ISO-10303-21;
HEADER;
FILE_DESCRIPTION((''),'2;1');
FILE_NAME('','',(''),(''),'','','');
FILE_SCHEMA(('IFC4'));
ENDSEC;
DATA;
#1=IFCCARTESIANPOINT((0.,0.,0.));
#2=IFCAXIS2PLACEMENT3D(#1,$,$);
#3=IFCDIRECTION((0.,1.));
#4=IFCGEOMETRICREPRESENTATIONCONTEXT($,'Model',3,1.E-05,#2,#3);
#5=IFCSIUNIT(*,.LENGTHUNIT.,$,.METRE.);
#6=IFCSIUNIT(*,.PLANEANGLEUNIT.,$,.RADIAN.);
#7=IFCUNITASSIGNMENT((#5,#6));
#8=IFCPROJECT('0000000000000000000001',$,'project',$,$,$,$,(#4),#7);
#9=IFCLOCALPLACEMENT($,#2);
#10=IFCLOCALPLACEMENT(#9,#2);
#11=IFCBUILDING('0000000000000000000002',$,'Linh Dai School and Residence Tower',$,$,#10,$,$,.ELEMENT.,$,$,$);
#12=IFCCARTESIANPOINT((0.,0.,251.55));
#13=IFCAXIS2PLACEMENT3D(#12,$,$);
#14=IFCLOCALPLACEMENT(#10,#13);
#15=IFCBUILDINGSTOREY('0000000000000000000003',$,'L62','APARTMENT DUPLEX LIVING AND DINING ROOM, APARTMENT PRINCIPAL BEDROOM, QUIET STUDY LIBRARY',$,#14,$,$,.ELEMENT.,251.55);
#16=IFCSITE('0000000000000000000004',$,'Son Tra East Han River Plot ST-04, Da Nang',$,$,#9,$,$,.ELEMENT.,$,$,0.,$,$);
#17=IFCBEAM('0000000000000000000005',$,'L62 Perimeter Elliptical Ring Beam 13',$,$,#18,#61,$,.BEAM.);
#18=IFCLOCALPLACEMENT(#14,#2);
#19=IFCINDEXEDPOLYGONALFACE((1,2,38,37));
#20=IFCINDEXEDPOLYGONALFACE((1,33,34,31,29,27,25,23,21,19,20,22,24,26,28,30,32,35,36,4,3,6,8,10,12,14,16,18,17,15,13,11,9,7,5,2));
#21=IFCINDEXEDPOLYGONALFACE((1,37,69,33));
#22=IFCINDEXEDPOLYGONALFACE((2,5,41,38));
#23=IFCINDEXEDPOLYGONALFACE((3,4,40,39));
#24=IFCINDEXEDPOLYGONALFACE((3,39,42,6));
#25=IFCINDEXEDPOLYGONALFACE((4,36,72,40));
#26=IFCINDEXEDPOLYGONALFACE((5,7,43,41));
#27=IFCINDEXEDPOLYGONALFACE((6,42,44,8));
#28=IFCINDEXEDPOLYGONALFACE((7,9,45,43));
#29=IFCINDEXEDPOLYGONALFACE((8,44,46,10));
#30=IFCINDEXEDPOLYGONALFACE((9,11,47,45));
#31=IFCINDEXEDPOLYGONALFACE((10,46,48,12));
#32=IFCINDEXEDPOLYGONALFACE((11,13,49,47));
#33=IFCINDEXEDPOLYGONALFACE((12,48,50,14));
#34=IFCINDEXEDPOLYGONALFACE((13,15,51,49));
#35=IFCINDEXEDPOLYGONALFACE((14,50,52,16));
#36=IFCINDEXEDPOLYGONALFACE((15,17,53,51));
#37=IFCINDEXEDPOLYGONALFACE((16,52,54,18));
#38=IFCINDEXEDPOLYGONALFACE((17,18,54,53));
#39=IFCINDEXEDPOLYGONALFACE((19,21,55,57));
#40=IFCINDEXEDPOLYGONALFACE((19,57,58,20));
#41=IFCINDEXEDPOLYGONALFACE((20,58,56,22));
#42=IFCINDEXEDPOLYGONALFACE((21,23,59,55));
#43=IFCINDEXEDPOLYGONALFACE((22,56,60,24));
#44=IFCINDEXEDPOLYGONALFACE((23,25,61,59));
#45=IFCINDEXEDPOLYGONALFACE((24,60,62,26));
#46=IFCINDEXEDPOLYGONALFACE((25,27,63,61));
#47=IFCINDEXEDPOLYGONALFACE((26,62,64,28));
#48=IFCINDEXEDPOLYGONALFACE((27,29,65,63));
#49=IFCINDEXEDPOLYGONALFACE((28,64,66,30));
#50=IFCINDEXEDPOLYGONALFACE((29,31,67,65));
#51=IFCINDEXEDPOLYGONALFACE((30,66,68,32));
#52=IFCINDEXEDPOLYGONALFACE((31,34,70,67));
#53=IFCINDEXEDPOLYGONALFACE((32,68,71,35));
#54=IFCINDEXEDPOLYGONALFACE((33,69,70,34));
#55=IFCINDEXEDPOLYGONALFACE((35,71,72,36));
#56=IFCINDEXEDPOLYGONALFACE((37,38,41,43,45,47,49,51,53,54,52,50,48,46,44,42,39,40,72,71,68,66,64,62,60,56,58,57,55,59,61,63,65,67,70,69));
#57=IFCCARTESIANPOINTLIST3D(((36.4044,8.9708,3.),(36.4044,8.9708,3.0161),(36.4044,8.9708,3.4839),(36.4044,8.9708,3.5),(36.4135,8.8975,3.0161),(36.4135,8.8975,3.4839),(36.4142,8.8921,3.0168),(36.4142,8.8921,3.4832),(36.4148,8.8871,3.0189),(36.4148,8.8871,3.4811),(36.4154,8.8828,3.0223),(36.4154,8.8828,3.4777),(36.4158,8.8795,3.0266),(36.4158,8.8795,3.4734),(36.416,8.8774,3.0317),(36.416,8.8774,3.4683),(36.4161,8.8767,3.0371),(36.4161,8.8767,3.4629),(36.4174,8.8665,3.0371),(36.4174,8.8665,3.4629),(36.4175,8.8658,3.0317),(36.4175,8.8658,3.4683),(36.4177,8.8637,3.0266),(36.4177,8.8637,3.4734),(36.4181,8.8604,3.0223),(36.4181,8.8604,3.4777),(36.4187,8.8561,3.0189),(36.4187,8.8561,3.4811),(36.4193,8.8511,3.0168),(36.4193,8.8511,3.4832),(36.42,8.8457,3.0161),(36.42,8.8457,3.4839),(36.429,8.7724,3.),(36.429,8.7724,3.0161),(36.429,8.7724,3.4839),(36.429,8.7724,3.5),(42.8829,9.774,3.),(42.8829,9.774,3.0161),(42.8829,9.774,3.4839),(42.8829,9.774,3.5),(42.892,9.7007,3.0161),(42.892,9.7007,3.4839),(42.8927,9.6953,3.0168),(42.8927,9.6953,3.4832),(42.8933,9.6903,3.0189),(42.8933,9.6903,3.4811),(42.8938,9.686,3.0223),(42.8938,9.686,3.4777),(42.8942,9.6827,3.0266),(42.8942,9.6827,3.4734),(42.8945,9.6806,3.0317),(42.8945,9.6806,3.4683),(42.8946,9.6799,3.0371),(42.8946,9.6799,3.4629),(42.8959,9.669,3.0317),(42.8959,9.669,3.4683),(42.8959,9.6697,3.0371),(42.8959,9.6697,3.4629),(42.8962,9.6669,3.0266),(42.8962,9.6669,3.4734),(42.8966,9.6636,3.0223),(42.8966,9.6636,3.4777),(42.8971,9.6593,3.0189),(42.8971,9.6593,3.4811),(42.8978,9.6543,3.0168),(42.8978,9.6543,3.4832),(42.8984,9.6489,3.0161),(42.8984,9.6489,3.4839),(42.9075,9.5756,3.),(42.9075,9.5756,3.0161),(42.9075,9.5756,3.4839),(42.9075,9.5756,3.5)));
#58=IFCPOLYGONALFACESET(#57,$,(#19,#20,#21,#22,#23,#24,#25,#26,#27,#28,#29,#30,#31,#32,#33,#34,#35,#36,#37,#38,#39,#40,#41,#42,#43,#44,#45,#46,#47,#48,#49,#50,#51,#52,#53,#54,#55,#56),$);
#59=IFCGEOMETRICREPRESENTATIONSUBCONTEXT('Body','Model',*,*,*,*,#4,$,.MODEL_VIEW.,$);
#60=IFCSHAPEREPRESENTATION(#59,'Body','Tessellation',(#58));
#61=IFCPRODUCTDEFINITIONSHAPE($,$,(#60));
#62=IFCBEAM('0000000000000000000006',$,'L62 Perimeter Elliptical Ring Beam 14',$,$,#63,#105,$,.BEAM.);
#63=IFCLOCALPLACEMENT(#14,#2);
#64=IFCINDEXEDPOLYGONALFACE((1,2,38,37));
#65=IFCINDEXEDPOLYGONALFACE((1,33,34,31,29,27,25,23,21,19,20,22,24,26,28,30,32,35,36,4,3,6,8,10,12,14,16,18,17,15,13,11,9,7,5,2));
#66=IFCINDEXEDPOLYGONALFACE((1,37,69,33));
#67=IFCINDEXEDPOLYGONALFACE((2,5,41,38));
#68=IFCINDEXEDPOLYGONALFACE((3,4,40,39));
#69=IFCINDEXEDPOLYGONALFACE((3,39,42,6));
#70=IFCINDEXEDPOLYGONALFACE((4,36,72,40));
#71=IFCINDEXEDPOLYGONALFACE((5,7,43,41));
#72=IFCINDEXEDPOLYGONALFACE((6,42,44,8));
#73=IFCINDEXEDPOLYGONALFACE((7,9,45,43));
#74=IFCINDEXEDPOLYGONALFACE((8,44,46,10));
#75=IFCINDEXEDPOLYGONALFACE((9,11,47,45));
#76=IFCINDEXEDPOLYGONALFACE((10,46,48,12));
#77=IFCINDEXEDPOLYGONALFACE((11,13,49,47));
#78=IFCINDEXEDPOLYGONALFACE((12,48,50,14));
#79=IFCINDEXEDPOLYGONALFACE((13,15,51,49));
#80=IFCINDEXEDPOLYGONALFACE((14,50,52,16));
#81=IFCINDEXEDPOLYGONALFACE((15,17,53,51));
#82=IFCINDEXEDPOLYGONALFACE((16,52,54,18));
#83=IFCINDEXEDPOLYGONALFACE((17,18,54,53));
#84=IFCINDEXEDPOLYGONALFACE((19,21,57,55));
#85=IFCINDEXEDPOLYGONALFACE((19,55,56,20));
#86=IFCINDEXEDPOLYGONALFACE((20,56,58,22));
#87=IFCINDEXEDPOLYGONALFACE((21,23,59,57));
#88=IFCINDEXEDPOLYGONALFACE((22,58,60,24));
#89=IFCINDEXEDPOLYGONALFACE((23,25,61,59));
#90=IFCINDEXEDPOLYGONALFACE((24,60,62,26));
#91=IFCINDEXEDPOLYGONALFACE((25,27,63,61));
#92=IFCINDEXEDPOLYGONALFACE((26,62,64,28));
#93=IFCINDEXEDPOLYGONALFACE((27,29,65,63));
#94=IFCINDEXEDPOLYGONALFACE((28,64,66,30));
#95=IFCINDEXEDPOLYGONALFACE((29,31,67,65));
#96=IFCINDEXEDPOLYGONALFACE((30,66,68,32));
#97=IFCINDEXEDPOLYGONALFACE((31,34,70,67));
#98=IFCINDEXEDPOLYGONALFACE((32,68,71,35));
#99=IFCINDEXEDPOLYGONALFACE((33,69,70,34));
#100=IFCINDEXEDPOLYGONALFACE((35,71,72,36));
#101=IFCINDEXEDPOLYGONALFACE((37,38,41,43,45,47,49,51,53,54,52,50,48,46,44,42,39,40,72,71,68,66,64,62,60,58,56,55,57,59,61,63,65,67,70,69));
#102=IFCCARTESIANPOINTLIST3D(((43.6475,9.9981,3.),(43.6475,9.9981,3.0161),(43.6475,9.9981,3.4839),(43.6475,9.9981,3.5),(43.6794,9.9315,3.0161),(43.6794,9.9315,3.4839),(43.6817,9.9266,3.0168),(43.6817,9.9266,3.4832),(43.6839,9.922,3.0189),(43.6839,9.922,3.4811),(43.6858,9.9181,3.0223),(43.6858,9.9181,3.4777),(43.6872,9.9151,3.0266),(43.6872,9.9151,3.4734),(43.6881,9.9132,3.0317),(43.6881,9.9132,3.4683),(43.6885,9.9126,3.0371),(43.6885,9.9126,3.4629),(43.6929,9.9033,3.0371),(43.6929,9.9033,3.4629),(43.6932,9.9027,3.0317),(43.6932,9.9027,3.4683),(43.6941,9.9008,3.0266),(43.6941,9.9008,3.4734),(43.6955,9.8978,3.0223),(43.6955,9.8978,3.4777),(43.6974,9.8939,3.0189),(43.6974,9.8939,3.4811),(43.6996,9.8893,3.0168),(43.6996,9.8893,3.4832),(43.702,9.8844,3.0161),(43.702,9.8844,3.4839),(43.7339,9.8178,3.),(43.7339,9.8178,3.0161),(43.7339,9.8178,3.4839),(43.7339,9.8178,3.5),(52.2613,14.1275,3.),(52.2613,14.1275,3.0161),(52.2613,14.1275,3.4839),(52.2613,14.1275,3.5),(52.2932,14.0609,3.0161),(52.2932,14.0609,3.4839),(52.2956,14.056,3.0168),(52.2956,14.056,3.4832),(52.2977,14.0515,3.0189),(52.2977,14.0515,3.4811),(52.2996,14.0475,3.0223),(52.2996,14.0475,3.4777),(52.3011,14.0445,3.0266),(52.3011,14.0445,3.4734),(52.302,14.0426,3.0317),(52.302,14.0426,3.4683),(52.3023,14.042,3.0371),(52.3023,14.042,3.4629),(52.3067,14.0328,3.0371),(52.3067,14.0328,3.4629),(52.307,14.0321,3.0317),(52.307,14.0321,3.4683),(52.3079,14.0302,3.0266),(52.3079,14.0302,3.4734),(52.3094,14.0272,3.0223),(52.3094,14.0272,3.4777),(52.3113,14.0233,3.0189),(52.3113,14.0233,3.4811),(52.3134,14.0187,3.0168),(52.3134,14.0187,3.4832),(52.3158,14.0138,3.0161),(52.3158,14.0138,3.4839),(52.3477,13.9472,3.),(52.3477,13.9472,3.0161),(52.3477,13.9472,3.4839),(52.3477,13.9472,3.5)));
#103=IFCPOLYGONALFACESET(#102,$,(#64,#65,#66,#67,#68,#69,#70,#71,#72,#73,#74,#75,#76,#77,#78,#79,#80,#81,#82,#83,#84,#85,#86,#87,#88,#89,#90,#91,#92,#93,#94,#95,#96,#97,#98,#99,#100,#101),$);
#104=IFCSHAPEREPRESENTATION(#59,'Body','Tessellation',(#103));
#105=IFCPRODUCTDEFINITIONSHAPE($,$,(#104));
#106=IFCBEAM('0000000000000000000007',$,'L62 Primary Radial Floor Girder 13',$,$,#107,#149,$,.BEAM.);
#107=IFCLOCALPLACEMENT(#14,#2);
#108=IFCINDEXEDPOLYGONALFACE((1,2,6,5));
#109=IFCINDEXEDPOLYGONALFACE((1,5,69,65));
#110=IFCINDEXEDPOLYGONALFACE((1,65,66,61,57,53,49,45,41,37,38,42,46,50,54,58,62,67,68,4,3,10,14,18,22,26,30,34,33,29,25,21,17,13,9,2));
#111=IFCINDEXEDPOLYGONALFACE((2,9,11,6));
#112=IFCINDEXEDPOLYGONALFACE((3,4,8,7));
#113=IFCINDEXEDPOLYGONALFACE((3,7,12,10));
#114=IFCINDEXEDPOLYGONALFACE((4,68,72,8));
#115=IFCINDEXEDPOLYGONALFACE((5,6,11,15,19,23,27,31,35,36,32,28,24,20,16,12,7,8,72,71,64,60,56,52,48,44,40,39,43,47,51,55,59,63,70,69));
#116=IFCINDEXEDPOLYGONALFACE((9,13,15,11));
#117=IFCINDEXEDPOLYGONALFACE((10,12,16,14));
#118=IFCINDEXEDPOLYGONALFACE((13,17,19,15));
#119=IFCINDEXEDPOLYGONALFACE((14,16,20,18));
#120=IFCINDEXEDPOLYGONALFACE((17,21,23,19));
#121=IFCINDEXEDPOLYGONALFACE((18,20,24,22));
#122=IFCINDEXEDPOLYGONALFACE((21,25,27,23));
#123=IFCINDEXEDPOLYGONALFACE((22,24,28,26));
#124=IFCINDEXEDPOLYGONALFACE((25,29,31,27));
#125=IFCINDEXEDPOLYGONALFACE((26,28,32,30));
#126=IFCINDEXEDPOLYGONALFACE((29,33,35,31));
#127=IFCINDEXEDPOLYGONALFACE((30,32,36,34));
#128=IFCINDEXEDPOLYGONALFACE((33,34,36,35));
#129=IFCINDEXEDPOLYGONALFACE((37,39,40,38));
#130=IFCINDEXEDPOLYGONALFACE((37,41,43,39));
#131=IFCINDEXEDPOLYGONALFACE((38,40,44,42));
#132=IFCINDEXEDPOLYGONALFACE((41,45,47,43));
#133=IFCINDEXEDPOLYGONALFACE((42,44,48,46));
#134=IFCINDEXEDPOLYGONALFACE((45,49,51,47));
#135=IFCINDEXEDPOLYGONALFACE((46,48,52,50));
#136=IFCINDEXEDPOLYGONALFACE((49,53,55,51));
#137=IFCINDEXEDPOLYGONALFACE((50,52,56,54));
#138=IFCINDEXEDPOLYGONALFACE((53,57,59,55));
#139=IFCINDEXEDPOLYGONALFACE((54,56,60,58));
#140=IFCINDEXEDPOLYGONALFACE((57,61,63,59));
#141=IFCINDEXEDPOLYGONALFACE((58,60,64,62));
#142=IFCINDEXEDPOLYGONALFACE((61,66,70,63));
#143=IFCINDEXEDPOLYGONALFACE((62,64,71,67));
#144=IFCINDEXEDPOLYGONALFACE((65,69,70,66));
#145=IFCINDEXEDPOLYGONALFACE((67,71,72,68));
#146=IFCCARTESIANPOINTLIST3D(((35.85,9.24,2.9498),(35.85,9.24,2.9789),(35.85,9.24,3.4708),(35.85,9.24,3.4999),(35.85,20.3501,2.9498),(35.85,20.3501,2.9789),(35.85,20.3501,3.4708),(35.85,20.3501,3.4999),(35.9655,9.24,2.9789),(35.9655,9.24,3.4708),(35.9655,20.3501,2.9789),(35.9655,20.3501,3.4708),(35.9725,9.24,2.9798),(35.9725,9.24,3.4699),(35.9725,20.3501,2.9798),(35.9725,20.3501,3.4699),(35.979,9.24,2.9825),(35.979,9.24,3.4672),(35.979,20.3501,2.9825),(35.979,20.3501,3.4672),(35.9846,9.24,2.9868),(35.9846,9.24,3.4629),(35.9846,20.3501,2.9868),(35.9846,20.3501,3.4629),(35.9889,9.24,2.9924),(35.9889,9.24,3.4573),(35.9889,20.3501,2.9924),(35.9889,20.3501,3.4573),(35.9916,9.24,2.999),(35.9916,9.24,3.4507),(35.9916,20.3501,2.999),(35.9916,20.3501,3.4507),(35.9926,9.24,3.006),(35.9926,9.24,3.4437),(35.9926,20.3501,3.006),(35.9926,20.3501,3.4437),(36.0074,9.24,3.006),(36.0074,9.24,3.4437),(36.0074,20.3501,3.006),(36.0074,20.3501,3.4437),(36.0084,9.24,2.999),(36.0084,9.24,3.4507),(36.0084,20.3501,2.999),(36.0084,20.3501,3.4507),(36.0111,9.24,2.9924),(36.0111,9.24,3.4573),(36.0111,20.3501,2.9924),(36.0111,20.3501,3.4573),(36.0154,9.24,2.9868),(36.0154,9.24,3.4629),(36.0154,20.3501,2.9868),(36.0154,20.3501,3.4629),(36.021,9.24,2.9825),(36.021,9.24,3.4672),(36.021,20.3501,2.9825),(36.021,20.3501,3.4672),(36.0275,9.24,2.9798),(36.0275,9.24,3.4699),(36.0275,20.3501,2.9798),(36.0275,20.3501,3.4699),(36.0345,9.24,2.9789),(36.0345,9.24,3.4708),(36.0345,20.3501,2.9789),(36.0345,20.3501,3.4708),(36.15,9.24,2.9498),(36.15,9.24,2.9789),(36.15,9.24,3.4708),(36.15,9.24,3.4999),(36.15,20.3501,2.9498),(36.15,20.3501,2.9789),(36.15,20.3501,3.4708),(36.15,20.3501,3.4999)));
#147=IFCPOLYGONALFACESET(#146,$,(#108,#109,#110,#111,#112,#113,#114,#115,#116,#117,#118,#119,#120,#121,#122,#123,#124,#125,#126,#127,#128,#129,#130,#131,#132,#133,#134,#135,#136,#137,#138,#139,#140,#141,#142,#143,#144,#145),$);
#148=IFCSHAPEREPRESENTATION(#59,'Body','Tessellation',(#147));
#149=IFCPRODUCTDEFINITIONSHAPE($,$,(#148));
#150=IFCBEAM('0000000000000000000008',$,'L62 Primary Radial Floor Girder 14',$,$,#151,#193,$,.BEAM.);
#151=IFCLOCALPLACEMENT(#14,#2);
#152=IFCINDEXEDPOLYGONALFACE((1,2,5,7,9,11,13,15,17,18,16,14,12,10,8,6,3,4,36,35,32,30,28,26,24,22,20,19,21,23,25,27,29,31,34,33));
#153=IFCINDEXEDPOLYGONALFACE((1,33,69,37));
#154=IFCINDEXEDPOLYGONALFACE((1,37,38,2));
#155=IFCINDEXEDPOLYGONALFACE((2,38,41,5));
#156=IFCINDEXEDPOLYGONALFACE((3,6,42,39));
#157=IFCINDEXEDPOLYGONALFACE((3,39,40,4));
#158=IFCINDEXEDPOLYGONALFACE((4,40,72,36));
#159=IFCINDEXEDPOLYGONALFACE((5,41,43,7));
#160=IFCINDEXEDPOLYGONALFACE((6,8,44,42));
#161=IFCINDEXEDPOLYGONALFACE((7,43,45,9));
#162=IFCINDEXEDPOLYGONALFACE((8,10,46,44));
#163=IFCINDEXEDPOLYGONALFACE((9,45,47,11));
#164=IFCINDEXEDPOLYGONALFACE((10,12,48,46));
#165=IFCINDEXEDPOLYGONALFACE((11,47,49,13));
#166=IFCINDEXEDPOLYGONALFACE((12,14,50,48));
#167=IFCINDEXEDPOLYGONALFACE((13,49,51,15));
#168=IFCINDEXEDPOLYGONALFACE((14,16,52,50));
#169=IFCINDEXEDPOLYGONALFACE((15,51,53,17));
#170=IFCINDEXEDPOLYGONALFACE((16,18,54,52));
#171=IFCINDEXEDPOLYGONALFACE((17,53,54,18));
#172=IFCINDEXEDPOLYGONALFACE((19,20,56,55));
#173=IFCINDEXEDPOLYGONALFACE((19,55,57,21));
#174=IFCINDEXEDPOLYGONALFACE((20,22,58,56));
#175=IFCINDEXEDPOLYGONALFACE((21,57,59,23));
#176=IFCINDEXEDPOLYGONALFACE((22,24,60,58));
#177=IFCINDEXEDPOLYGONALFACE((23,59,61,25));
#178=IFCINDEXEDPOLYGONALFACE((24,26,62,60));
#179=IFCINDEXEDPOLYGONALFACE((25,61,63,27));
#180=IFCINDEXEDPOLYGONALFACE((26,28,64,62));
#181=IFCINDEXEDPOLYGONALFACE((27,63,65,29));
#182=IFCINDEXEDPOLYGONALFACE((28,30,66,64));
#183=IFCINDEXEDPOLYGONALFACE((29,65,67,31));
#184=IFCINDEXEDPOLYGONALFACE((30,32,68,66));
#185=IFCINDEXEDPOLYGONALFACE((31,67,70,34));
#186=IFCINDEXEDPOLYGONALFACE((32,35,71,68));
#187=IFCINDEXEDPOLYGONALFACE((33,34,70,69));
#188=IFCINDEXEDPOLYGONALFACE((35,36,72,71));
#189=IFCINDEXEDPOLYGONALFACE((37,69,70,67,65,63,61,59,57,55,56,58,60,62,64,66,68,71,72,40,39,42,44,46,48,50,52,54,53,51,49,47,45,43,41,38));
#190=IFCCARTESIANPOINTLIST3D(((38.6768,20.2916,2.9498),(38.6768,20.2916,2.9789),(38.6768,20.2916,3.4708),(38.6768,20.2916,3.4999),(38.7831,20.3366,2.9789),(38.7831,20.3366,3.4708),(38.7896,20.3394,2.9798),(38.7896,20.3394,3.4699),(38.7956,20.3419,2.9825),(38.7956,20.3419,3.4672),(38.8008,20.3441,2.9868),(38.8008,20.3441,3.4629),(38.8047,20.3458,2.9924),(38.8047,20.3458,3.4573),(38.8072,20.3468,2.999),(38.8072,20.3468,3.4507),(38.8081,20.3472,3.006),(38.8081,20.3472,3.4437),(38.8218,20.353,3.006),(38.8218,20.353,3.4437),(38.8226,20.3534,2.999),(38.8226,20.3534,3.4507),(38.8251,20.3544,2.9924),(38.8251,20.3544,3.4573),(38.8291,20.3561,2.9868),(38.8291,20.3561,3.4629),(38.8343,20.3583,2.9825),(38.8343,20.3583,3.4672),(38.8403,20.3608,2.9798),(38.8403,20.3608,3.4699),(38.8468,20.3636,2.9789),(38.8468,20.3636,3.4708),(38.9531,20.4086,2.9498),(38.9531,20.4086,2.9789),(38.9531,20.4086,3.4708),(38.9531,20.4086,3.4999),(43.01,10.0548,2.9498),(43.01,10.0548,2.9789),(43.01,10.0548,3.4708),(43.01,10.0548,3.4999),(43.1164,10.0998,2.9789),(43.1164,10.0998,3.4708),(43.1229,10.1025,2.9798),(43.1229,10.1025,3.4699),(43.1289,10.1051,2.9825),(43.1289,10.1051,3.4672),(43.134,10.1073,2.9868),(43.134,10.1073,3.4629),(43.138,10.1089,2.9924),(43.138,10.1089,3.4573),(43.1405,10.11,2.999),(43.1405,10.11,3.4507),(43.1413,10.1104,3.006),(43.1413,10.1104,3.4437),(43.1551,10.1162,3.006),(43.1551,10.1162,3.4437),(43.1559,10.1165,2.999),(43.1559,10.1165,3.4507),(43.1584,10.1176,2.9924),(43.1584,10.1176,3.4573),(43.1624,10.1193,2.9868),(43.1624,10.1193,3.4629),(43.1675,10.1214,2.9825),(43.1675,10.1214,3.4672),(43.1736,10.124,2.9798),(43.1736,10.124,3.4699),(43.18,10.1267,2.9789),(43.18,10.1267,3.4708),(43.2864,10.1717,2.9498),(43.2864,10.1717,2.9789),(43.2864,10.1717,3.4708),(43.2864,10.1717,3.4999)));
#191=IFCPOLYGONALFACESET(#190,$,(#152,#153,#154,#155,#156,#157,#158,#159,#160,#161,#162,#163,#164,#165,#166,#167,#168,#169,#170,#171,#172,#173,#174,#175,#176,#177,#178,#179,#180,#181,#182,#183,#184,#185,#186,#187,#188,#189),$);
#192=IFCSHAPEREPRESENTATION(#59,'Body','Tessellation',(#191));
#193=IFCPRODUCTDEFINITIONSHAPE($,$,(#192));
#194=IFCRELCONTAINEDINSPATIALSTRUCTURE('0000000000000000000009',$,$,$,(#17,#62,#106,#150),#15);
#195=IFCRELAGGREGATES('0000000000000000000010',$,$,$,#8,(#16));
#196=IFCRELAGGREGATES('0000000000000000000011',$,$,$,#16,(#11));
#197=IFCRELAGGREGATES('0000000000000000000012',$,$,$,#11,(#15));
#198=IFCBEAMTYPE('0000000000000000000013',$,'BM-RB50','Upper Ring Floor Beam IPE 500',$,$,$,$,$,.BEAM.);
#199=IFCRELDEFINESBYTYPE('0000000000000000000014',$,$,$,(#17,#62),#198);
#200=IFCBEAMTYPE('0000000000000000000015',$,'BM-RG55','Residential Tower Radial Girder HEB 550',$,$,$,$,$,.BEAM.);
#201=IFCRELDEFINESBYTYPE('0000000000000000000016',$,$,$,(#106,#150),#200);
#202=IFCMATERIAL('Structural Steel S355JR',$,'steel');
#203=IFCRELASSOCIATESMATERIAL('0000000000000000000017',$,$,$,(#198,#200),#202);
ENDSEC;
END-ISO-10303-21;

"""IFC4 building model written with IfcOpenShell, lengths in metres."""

from ifc_helpers import new_model, si_unit, direction, frame, origin, origin_2d, place, context, subcontext, project, spatial, i_section, extrude, material, material_profile, profile_set, type_object, element, save


model = new_model("IFC4")

# Units and contexts
model_context = context("Model", 3, precision=1e-05, world=origin(), true_north=direction((0.0, 1.0)))
body_context = subcontext(model_context, "Body", "Model", "MODEL_VIEW")
ifc_project = project(units=[si_unit("LENGTHUNIT", "METRE"), si_unit("PLANEANGLEUNIT", "RADIAN")], contexts=[model_context])

# Site, building, storey
site_placement = place(None, origin())
site = spatial("IfcSite", under=ifc_project, at=site_placement, Name="Son Tra East Han River Plot ST-04, Da Nang", CompositionType="ELEMENT", RefElevation=0.0)
building_placement = place(site_placement, origin())
building = spatial("IfcBuilding", under=site, at=building_placement, Name="Linh Dai School and Residence Tower", CompositionType="ELEMENT")
storey_placement = place(building_placement, frame((0.0, 0.0, 251.55)))
storey = spatial("IfcBuildingStorey", under=building, at=storey_placement, Name="L62", Description="APARTMENT DUPLEX LIVING AND DINING ROOM, APARTMENT PRINCIPAL BEDROOM, QUIET STUDY LIBRARY", CompositionType="ELEMENT", Elevation=251.55)

# Shared definitions
ifc_material_1 = material(Name="Structural Steel S355JR", Category="steel")

# Beams
ifc_material_profile_1 = material_profile(ifc_material_1, i_section(OverallWidth=0.2, OverallDepth=0.5, WebThickness=0.0103, FlangeThickness=0.0161, FilletRadius=0.021, at=origin_2d()), Name="IPE 500")
ifc_profile_set_1 = profile_set([ifc_material_profile_1], Name="Structural Steel S355JR")
beam_type_1 = type_object("IfcBeamType", Name="BM-RB50", Description="Upper Ring Floor Beam IPE 500", PredefinedType="BEAM", material=ifc_profile_set_1)
beam_1_placement = place(storey_placement, frame((36.4167, 8.8716, 3.25), z_axis=(0.992402, 0.12304, 0.0), x_axis=(-0.12304, 0.992402, 0.0)))
element("IfcBeam", 1, at=beam_1_placement, inside=storey, type_object=beam_type_1, Name="L62 Perimeter Elliptical Ring Beam 13", PredefinedType="BEAM", context=body_context, shape_type="SweptSolid", body=[
    extrude(i_section(OverallWidth=0.2, OverallDepth=0.5, WebThickness=0.0103, FlangeThickness=0.0161, FilletRadius=0.021, at=origin_2d()), origin(), (0.0, 0.0, 1.0), 6.5281),
])
beam_2_placement = place(storey_placement, frame((43.6907, 9.908, 3.25), z_axis=(0.901736, 0.432287, 0.0), x_axis=(-0.432287, 0.901736, 0.0)))
element("IfcBeam", 2, at=beam_2_placement, inside=storey, type_object=beam_type_1, Name="L62 Perimeter Elliptical Ring Beam 14", PredefinedType="BEAM", context=body_context, shape_type="SweptSolid", body=[
    extrude(i_section(OverallWidth=0.2, OverallDepth=0.5, WebThickness=0.0103, FlangeThickness=0.0161, FilletRadius=0.021, at=origin_2d()), origin(), (0.0, 0.0, 1.0), 9.5525),
])
ifc_material_profile_2 = material_profile(ifc_material_1, i_section(OverallWidth=0.3, OverallDepth=0.55, WebThickness=0.0149, FlangeThickness=0.0291, FilletRadius=0.0271, at=origin_2d()), Name="HEB 550")
ifc_profile_set_2 = profile_set([ifc_material_profile_2], Name="Structural Steel S355JR")
beam_type_2 = type_object("IfcBeamType", Name="BM-RG55", Description="Residential Tower Radial Girder HEB 550", PredefinedType="BEAM", material=ifc_profile_set_2)
beam_3_placement = place(storey_placement, frame((36.0, 20.3501, 3.2249), z_axis=(0.0, -1.0, 0.0), x_axis=(1.0, 0.0, 0.0)))
element("IfcBeam", 3, at=beam_3_placement, inside=storey, type_object=beam_type_2, Name="L62 Primary Radial Floor Girder 13", PredefinedType="BEAM", context=body_context, shape_type="SweptSolid", body=[
    extrude(i_section(OverallWidth=0.3, OverallDepth=0.55, WebThickness=0.0149, FlangeThickness=0.0291, FilletRadius=0.0271, at=origin_2d()), origin(), (0.0, 0.0, 1.0), 11.1101),
])
beam_4_placement = place(storey_placement, frame((38.8149, 20.3501, 3.2249), z_axis=(0.389815, -0.920893, 0.0), x_axis=(0.920893, 0.389815, 0.0)))
element("IfcBeam", 4, at=beam_4_placement, inside=storey, type_object=beam_type_2, Name="L62 Primary Radial Floor Girder 14", PredefinedType="BEAM", context=body_context, shape_type="SweptSolid", body=[
    extrude(i_section(OverallWidth=0.3, OverallDepth=0.55, WebThickness=0.0149, FlangeThickness=0.0291, FilletRadius=0.0271, at=origin_2d()), origin(), (0.0, 0.0, 1.0), 11.1162),
])

save(model, "model.ifc")
